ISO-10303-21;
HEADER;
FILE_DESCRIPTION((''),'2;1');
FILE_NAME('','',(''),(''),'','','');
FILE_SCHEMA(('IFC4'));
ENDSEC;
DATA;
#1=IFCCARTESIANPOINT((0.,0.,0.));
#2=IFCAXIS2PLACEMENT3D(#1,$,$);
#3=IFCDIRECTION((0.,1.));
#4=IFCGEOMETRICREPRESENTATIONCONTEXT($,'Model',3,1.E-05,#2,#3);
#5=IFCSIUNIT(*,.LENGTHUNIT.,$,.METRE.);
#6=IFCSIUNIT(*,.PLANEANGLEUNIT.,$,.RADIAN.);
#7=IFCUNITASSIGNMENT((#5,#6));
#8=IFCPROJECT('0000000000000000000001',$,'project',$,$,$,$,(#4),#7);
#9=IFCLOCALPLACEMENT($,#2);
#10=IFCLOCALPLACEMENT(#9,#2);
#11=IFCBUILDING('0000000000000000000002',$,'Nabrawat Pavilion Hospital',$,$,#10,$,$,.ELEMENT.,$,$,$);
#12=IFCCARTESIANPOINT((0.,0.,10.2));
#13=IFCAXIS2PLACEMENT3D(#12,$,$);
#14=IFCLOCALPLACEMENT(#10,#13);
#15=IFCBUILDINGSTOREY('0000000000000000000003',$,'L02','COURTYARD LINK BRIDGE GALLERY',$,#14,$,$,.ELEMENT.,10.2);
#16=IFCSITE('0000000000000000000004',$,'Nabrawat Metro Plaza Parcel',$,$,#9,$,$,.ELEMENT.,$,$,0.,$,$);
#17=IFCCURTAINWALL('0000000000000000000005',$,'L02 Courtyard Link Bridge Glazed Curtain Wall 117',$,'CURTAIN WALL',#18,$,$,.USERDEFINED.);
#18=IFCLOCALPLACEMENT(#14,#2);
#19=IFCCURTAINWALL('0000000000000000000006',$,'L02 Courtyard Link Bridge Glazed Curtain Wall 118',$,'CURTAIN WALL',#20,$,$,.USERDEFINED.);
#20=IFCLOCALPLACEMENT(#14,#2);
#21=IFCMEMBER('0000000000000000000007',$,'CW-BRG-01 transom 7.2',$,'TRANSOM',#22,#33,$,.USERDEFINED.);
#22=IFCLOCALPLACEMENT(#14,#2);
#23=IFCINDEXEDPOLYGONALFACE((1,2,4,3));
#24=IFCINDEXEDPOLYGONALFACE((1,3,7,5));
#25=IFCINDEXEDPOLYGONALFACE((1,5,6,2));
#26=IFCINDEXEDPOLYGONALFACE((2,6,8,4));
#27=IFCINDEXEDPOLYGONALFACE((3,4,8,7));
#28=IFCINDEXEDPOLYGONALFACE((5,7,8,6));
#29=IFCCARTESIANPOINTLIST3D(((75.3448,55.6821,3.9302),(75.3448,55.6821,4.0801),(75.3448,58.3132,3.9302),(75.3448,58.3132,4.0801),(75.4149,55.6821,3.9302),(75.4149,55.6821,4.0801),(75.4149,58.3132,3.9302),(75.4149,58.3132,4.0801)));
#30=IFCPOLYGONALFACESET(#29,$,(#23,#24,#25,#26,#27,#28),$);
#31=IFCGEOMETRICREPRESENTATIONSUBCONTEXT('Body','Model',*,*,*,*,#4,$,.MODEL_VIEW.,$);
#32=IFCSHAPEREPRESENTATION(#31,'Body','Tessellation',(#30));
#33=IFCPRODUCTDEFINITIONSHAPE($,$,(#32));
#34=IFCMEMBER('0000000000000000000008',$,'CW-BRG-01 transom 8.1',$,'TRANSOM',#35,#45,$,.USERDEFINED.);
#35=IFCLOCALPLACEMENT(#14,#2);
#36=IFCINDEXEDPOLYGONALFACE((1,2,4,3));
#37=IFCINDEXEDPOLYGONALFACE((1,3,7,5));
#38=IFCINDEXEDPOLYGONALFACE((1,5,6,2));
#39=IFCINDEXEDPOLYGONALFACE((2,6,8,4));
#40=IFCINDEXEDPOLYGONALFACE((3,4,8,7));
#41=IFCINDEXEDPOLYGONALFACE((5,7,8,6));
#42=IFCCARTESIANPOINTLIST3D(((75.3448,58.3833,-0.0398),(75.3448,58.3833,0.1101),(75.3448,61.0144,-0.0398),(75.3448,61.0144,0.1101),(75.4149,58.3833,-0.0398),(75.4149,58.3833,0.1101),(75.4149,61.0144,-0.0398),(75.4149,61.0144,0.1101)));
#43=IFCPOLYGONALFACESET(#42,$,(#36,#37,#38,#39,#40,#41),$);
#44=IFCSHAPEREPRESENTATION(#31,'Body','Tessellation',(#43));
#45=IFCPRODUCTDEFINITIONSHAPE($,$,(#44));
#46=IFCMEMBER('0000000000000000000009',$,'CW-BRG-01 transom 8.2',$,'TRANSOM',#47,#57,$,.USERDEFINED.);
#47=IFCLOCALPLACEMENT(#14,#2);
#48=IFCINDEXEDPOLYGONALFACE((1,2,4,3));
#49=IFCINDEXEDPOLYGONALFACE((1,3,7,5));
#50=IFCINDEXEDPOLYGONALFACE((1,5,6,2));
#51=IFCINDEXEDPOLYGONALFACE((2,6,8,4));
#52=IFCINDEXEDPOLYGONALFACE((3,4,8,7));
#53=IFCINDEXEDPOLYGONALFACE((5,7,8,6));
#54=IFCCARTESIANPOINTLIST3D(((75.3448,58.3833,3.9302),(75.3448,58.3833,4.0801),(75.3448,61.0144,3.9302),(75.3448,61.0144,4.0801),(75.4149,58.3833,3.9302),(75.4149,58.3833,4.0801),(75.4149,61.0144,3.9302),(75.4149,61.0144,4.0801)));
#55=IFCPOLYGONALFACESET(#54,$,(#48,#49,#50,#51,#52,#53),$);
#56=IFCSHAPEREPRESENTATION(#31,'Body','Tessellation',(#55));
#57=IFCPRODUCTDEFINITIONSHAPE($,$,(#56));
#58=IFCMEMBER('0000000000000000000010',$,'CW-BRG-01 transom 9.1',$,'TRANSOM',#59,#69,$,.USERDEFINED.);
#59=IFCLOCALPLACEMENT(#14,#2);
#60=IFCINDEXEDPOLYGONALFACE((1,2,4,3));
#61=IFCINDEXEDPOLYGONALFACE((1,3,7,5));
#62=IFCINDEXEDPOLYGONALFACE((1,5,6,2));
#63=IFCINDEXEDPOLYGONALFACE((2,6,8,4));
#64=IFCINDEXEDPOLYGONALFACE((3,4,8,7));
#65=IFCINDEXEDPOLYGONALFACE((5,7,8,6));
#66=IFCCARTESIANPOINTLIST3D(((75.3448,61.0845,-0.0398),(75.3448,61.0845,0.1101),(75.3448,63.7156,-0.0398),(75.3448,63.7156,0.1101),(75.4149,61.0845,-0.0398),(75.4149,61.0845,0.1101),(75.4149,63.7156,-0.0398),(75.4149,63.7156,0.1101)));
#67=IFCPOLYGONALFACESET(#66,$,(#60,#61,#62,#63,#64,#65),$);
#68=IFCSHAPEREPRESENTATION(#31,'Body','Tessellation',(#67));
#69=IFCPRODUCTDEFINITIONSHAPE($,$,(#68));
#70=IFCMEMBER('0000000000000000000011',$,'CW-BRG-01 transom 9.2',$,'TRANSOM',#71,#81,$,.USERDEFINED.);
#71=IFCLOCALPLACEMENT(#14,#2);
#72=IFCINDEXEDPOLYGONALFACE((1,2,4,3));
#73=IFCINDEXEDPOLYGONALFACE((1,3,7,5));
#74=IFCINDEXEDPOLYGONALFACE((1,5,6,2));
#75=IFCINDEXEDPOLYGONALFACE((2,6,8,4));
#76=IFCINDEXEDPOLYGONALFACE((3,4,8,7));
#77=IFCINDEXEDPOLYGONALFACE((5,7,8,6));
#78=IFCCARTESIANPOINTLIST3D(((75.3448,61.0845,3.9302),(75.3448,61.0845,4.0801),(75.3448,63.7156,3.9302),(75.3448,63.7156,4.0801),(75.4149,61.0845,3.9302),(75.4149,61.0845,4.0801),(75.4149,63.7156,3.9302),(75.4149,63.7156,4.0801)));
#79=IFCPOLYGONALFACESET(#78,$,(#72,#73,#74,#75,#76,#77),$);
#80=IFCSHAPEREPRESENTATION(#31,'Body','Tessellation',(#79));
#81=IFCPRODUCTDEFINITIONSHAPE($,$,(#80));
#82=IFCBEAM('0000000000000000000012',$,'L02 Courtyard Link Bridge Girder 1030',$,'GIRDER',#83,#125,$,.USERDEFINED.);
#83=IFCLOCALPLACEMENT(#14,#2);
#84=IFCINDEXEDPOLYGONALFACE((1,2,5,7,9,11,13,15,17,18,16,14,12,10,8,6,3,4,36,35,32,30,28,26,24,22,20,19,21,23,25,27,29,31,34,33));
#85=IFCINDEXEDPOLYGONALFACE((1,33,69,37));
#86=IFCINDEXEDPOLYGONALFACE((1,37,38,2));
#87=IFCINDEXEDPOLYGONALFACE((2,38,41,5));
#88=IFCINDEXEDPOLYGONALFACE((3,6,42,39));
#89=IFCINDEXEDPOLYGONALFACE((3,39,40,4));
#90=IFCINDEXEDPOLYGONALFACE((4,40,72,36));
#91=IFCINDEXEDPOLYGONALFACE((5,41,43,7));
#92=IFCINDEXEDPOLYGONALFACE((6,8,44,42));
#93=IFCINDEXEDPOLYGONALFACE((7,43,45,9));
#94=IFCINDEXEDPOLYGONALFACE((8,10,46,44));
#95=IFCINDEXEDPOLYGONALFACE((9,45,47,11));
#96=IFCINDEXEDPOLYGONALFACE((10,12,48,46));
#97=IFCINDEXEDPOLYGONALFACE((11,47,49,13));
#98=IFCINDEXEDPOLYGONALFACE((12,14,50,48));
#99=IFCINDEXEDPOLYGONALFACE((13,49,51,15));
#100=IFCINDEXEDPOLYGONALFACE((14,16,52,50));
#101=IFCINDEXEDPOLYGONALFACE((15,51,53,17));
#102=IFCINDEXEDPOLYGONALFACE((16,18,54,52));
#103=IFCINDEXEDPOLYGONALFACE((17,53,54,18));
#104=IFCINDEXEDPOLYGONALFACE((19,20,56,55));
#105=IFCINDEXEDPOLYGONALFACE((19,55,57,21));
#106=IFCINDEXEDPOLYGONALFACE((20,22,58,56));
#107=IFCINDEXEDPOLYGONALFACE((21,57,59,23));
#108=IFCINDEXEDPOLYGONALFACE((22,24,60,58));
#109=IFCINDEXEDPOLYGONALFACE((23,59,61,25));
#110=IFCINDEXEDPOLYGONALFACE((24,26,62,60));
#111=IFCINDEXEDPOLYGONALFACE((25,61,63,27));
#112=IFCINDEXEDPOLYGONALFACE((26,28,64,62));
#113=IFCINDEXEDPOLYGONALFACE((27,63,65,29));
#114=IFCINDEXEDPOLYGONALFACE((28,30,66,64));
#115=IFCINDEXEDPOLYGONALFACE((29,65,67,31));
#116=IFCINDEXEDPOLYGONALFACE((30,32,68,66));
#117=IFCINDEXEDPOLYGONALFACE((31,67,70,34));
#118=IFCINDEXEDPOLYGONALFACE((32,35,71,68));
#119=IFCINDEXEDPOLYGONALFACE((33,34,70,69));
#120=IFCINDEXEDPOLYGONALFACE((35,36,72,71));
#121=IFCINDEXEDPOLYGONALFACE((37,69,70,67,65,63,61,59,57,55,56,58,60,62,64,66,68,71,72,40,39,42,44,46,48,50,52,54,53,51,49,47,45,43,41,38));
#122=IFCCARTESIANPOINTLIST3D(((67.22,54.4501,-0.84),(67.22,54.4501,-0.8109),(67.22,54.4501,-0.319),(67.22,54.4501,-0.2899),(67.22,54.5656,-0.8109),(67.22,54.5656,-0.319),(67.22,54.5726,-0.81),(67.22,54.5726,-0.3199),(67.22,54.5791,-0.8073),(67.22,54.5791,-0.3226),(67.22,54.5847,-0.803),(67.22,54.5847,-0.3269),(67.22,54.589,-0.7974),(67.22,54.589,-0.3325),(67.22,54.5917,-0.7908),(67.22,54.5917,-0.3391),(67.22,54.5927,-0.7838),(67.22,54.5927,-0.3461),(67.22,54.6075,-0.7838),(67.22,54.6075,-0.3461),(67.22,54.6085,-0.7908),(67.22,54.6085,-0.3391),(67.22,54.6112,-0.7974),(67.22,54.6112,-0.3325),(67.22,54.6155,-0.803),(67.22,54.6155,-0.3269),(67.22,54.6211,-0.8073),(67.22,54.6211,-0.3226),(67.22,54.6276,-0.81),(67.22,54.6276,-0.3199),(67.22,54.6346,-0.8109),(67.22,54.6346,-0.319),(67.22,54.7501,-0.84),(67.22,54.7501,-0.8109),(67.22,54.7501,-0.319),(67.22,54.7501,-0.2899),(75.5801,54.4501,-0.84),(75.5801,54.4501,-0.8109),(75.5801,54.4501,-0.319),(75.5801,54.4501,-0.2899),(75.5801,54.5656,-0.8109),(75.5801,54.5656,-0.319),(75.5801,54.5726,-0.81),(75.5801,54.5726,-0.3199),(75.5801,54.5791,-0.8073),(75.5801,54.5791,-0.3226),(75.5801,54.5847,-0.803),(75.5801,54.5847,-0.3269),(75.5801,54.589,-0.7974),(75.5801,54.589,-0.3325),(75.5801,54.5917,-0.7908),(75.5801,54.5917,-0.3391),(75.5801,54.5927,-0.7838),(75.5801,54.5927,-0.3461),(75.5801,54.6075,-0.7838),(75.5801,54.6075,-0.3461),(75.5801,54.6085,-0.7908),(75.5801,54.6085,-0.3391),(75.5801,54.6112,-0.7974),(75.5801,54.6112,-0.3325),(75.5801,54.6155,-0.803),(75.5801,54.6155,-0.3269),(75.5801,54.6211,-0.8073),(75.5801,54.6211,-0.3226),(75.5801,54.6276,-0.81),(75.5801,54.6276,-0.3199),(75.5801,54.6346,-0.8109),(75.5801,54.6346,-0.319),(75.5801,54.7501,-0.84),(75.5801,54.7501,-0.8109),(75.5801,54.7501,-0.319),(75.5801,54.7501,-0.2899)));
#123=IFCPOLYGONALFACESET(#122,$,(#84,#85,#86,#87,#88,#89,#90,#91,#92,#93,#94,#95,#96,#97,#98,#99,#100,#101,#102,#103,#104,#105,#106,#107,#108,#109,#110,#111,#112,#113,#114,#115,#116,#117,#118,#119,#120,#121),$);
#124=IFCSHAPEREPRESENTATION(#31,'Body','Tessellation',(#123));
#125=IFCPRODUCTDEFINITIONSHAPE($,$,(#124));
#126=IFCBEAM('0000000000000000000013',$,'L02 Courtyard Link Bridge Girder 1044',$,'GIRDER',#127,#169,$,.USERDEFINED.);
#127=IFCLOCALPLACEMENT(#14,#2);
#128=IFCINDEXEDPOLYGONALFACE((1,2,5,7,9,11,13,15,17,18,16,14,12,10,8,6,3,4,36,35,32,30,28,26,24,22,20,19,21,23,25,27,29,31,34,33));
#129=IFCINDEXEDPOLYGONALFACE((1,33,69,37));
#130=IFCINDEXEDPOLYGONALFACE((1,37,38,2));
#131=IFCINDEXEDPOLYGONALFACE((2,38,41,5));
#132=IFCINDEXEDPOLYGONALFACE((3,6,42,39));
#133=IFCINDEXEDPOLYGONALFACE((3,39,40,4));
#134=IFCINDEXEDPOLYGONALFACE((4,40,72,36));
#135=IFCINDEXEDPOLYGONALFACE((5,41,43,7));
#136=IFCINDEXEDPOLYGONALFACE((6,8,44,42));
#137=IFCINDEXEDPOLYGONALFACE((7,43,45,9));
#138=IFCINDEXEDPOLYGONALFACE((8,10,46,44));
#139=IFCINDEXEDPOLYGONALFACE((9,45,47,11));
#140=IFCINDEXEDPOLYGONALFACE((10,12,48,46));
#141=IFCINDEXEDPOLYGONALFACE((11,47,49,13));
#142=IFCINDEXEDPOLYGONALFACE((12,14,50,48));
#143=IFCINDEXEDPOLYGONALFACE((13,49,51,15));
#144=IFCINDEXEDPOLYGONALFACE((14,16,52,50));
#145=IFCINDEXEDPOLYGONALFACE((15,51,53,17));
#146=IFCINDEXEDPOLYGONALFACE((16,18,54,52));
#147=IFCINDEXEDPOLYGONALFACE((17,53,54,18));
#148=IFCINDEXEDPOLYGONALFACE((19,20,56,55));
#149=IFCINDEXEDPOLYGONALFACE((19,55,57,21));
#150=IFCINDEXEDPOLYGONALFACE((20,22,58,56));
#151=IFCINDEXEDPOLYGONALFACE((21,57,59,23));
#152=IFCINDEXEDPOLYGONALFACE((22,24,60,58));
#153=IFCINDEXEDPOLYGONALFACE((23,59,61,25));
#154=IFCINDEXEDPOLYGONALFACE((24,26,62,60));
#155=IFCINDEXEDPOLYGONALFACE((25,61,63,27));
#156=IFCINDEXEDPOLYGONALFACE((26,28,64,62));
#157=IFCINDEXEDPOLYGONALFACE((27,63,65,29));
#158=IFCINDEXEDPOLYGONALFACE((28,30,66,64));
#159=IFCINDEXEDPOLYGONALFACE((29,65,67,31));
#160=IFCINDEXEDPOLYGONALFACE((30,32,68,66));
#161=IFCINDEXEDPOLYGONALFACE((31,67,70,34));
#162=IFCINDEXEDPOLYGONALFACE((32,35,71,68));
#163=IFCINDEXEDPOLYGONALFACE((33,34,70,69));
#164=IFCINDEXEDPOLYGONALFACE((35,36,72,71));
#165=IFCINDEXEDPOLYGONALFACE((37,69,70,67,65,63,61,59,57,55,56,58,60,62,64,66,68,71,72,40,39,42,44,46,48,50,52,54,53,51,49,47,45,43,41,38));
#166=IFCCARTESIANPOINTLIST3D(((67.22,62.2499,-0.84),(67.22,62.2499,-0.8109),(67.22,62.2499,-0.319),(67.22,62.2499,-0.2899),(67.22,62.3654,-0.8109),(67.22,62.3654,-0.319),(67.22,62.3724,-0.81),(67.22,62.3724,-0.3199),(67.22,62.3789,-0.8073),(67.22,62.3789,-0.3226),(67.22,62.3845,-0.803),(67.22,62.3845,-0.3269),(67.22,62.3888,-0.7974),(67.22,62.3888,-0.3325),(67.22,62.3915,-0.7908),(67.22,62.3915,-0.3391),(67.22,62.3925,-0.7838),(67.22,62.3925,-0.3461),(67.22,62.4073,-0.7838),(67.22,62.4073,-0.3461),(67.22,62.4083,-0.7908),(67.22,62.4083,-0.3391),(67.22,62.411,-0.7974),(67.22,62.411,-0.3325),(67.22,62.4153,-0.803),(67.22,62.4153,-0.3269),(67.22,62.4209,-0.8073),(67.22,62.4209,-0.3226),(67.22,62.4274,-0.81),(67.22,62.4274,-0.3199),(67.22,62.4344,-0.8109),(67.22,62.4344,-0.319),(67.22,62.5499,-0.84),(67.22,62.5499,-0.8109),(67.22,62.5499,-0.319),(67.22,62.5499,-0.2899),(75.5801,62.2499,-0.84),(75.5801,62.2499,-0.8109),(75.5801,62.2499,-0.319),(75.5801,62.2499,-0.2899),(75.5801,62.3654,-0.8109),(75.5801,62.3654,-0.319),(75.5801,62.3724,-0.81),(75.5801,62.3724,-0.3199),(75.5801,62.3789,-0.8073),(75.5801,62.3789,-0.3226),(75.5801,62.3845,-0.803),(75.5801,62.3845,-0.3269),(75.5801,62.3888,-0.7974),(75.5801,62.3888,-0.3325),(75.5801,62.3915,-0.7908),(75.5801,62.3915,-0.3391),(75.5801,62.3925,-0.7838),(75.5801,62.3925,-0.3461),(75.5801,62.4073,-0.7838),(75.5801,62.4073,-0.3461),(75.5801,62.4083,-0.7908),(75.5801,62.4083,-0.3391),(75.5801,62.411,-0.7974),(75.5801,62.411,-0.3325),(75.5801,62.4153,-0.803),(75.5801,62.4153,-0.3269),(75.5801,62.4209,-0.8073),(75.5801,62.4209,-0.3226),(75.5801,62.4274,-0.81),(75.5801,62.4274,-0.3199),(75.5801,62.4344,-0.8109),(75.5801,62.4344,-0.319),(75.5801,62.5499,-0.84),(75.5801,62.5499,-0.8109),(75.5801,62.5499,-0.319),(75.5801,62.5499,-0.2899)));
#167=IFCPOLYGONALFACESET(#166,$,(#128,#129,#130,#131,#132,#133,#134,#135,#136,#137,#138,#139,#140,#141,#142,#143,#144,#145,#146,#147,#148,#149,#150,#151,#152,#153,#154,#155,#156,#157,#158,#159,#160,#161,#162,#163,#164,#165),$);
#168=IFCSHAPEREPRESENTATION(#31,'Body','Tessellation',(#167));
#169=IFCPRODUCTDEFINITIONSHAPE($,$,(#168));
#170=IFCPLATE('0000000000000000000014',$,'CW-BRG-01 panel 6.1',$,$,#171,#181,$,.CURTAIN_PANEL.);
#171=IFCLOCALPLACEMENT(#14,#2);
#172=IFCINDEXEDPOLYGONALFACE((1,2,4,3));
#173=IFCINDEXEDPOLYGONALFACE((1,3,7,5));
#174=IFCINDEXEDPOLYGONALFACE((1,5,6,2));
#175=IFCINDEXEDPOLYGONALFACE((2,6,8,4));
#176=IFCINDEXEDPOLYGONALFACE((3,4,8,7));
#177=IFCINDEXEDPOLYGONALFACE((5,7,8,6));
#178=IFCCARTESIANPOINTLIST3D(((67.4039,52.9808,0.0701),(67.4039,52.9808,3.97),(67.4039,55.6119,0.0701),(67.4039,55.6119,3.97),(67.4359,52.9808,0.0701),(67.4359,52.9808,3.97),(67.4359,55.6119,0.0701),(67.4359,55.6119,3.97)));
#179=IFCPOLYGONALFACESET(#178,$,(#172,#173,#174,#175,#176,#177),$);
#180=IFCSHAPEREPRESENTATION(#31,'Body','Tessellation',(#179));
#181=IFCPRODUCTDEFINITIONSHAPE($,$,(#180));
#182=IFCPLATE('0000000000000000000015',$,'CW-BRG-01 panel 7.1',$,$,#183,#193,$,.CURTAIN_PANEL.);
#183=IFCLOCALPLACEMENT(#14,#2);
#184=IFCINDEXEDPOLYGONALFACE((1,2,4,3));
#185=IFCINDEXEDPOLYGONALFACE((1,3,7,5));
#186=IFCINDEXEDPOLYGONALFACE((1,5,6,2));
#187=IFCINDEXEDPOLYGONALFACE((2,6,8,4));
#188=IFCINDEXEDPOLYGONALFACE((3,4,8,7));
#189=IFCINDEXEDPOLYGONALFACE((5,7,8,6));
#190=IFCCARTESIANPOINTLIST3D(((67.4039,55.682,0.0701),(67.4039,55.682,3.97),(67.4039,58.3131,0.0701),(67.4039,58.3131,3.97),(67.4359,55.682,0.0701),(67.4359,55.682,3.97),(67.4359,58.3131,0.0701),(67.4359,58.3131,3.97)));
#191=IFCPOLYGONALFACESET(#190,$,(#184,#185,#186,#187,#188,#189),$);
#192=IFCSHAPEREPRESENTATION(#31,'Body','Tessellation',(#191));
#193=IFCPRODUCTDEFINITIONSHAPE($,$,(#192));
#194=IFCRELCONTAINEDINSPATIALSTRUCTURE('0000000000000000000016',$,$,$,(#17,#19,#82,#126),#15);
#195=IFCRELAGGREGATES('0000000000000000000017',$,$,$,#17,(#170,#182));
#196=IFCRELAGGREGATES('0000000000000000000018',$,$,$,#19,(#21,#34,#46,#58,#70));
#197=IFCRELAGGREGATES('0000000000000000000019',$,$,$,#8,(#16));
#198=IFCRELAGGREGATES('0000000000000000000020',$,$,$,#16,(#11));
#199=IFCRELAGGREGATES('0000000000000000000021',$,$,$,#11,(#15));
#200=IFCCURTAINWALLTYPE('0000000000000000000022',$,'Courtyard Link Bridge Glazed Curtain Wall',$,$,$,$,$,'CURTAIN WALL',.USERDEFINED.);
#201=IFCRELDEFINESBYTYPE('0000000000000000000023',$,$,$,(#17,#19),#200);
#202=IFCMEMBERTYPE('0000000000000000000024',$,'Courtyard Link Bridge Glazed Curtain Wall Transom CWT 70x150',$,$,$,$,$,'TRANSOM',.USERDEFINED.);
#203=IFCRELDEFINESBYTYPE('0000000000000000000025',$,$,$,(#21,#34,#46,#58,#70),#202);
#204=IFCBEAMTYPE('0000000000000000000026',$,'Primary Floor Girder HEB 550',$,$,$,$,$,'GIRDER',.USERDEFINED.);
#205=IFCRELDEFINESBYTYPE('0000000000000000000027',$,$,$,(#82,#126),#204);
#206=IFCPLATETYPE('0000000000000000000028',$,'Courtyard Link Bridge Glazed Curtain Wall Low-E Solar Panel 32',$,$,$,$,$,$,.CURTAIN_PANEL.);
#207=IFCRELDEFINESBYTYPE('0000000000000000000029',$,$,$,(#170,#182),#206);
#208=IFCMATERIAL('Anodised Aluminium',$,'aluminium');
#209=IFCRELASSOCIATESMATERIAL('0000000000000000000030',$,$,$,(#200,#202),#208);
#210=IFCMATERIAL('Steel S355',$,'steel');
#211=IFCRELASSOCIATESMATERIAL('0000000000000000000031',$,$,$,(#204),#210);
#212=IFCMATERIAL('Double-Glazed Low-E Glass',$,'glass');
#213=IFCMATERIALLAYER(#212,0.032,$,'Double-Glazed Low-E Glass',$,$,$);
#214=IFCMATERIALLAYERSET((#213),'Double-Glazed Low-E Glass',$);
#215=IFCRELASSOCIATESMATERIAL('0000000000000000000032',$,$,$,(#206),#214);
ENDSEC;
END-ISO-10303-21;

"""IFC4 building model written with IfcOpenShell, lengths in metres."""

from ifc_helpers import new_model, si_unit, direction, frame, origin, origin_2d, place, context, subcontext, project, spatial, rectangle, i_section, extrude, material, layer, layer_set, material_profile, profile_set, type_object, element, aggregate, save


model = new_model("IFC4")

# Units and contexts
model_context = context("Model", 3, precision=1e-05, world=origin(), true_north=direction((0.0, 1.0)))
body_context = subcontext(model_context, "Body", "Model", "MODEL_VIEW")
ifc_project = project(units=[si_unit("LENGTHUNIT", "METRE"), si_unit("PLANEANGLEUNIT", "RADIAN")], contexts=[model_context])

# Site, building, storey
site_placement = place(None, origin())
site = spatial("IfcSite", under=ifc_project, at=site_placement, Name="Nabrawat Metro Plaza Parcel", CompositionType="ELEMENT", RefElevation=0.0)
building_placement = place(site_placement, origin())
building = spatial("IfcBuilding", under=site, at=building_placement, Name="Nabrawat Pavilion Hospital", CompositionType="ELEMENT")
storey_placement = place(building_placement, frame((0.0, 0.0, 10.2)))
storey = spatial("IfcBuildingStorey", under=building, at=storey_placement, Name="L02", Description="COURTYARD LINK BRIDGE GALLERY", CompositionType="ELEMENT", Elevation=10.2)

# Shared definitions
ifc_material_1 = material(Name="Steel S355", Category="steel")

# Curtain walls
ifc_material_2 = material(Name="Anodised Aluminium", Category="aluminium")
curtain_wall_type = type_object("IfcCurtainWallType", Name="Courtyard Link Bridge Glazed Curtain Wall", ElementType="CURTAIN WALL", PredefinedType="USERDEFINED", material=ifc_material_2)
curtain_wall_1_placement = place(storey_placement, origin())
curtain_wall_1 = element("IfcCurtainWall", 1, at=curtain_wall_1_placement, inside=storey, type_object=curtain_wall_type, Name="L02 Courtyard Link Bridge Glazed Curtain Wall 117", ObjectType="CURTAIN WALL", PredefinedType="USERDEFINED")
curtain_wall_2_placement = place(storey_placement, origin())
curtain_wall_2 = element("IfcCurtainWall", 2, at=curtain_wall_2_placement, inside=storey, type_object=curtain_wall_type, Name="L02 Courtyard Link Bridge Glazed Curtain Wall 118", ObjectType="CURTAIN WALL", PredefinedType="USERDEFINED")

# Members
ifc_material_profile_1 = material_profile(ifc_material_2, rectangle(XDim=0.0701, YDim=0.1499, at=origin_2d()), Name="CWT 70x150")
ifc_profile_set_1 = profile_set([ifc_material_profile_1], Name="Anodised Aluminium")
member_type_1 = type_object("IfcMemberType", Name="Courtyard Link Bridge Glazed Curtain Wall Transom CWT 70x150", ElementType="TRANSOM", PredefinedType="USERDEFINED", material=ifc_profile_set_1)
member_1_placement = place(storey_placement, frame((75.3799, 55.6821, 4.0051), z_axis=(0.0, 1.0, 0.0), x_axis=(-1.0, 0.0, 0.0)))
member_1 = element("IfcMember", 3, at=member_1_placement, type_object=member_type_1, Name="CW-BRG-01 transom 7.2", ObjectType="TRANSOM", PredefinedType="USERDEFINED", context=body_context, shape_type="SweptSolid", body=[
    extrude(rectangle(XDim=0.0701, YDim=0.1499, at=origin_2d()), origin(), (0.0, 0.0, 1.0), 2.6311),
])
member_2_placement = place(storey_placement, frame((75.3799, 58.3833, 0.0352), z_axis=(0.0, 1.0, 0.0), x_axis=(-1.0, 0.0, 0.0)))
member_2 = element("IfcMember", 4, at=member_2_placement, type_object=member_type_1, Name="CW-BRG-01 transom 8.1", ObjectType="TRANSOM", PredefinedType="USERDEFINED", context=body_context, shape_type="SweptSolid", body=[
    extrude(rectangle(XDim=0.0701, YDim=0.1499, at=origin_2d()), origin(), (0.0, 0.0, 1.0), 2.6311),
])
member_3_placement = place(storey_placement, frame((75.3799, 58.3833, 4.0051), z_axis=(0.0, 1.0, 0.0), x_axis=(-1.0, 0.0, 0.0)))
member_3 = element("IfcMember", 5, at=member_3_placement, type_object=member_type_1, Name="CW-BRG-01 transom 8.2", ObjectType="TRANSOM", PredefinedType="USERDEFINED", context=body_context, shape_type="SweptSolid", body=[
    extrude(rectangle(XDim=0.0701, YDim=0.1499, at=origin_2d()), origin(), (0.0, 0.0, 1.0), 2.6311),
])
member_4_placement = place(storey_placement, frame((75.3799, 61.0845, 0.0352), z_axis=(0.0, 1.0, 0.0), x_axis=(-1.0, 0.0, 0.0)))
member_4 = element("IfcMember", 6, at=member_4_placement, type_object=member_type_1, Name="CW-BRG-01 transom 9.1", ObjectType="TRANSOM", PredefinedType="USERDEFINED", context=body_context, shape_type="SweptSolid", body=[
    extrude(rectangle(XDim=0.0701, YDim=0.1499, at=origin_2d()), origin(), (0.0, 0.0, 1.0), 2.6311),
])
member_5_placement = place(storey_placement, frame((75.3799, 61.0845, 4.0051), z_axis=(0.0, 1.0, 0.0), x_axis=(-1.0, 0.0, 0.0)))
member_5 = element("IfcMember", 7, at=member_5_placement, type_object=member_type_1, Name="CW-BRG-01 transom 9.2", ObjectType="TRANSOM", PredefinedType="USERDEFINED", context=body_context, shape_type="SweptSolid", body=[
    extrude(rectangle(XDim=0.0701, YDim=0.1499, at=origin_2d()), origin(), (0.0, 0.0, 1.0), 2.6311),
])

# Beams
ifc_material_profile_2 = material_profile(ifc_material_1, i_section(OverallWidth=0.3, OverallDepth=0.55, WebThickness=0.0149, FlangeThickness=0.0291, FilletRadius=0.0271, at=origin_2d()), Name="HEB 550")
ifc_profile_set_2 = profile_set([ifc_material_profile_2], Name="Steel S355")
beam_type_1 = type_object("IfcBeamType", Name="Primary Floor Girder HEB 550", ElementType="GIRDER", PredefinedType="USERDEFINED", material=ifc_profile_set_2)
for number, where, z_axis, x_axis, name in (
    (8, (67.22, 54.6001, -0.5649), (1.0, 0.0, 0.0), (0.0, 1.0, 0.0), "L02 Courtyard Link Bridge Girder 1030"),
    (9, (67.22, 62.3999, -0.5649), (1.0, 0.0, 0.0), (0.0, 1.0, 0.0), "L02 Courtyard Link Bridge Girder 1044"),
):
    element("IfcBeam", number, at=place(storey_placement, frame(where, z_axis=z_axis, x_axis=x_axis)), inside=storey, type_object=beam_type_1, Name=name, ObjectType="GIRDER", PredefinedType="USERDEFINED", context=body_context, shape_type="SweptSolid", body=[
        extrude(i_section(OverallWidth=0.3, OverallDepth=0.55, WebThickness=0.0149, FlangeThickness=0.0291, FilletRadius=0.0271, at=origin_2d()), origin(), (0.0, 0.0, 1.0), 8.3601),
    ])

# Plates
ifc_material_3 = material(Name="Double-Glazed Low-E Glass", Category="glass")
ifc_layer = layer(ifc_material_3, 0.032, Name="Double-Glazed Low-E Glass")
ifc_layer_set = layer_set([ifc_layer], Name="Double-Glazed Low-E Glass")
plate_type = type_object("IfcPlateType", Name="Courtyard Link Bridge Glazed Curtain Wall Low-E Solar Panel 32", PredefinedType="CURTAIN_PANEL", material=ifc_layer_set)
plate_1_placement = place(storey_placement, frame((67.4199, 54.2964, 0.0701), z_axis=(0.0, 0.0, 1.0), x_axis=(0.0, 1.0, 0.0)))
plate_1 = element("IfcPlate", 10, at=plate_1_placement, type_object=plate_type, Name="CW-BRG-01 panel 6.1", PredefinedType="CURTAIN_PANEL", context=body_context, shape_type="SweptSolid", body=[
    extrude(rectangle(XDim=2.6311, YDim=0.032, at=origin_2d()), origin(), (0.0, 0.0, 1.0), 3.8999),
])
plate_2_placement = place(storey_placement, frame((67.4199, 56.9976, 0.0701), z_axis=(0.0, 0.0, 1.0), x_axis=(0.0, 1.0, 0.0)))
plate_2 = element("IfcPlate", 11, at=plate_2_placement, type_object=plate_type, Name="CW-BRG-01 panel 7.1", PredefinedType="CURTAIN_PANEL", context=body_context, shape_type="SweptSolid", body=[
    extrude(rectangle(XDim=2.6311, YDim=0.032, at=origin_2d()), origin(), (0.0, 0.0, 1.0), 3.8999),
])
aggregate(curtain_wall_1, [plate_1, plate_2])
aggregate(curtain_wall_2, [member_1, member_2, member_3, member_4, member_5])

save(model, "model.ifc")
